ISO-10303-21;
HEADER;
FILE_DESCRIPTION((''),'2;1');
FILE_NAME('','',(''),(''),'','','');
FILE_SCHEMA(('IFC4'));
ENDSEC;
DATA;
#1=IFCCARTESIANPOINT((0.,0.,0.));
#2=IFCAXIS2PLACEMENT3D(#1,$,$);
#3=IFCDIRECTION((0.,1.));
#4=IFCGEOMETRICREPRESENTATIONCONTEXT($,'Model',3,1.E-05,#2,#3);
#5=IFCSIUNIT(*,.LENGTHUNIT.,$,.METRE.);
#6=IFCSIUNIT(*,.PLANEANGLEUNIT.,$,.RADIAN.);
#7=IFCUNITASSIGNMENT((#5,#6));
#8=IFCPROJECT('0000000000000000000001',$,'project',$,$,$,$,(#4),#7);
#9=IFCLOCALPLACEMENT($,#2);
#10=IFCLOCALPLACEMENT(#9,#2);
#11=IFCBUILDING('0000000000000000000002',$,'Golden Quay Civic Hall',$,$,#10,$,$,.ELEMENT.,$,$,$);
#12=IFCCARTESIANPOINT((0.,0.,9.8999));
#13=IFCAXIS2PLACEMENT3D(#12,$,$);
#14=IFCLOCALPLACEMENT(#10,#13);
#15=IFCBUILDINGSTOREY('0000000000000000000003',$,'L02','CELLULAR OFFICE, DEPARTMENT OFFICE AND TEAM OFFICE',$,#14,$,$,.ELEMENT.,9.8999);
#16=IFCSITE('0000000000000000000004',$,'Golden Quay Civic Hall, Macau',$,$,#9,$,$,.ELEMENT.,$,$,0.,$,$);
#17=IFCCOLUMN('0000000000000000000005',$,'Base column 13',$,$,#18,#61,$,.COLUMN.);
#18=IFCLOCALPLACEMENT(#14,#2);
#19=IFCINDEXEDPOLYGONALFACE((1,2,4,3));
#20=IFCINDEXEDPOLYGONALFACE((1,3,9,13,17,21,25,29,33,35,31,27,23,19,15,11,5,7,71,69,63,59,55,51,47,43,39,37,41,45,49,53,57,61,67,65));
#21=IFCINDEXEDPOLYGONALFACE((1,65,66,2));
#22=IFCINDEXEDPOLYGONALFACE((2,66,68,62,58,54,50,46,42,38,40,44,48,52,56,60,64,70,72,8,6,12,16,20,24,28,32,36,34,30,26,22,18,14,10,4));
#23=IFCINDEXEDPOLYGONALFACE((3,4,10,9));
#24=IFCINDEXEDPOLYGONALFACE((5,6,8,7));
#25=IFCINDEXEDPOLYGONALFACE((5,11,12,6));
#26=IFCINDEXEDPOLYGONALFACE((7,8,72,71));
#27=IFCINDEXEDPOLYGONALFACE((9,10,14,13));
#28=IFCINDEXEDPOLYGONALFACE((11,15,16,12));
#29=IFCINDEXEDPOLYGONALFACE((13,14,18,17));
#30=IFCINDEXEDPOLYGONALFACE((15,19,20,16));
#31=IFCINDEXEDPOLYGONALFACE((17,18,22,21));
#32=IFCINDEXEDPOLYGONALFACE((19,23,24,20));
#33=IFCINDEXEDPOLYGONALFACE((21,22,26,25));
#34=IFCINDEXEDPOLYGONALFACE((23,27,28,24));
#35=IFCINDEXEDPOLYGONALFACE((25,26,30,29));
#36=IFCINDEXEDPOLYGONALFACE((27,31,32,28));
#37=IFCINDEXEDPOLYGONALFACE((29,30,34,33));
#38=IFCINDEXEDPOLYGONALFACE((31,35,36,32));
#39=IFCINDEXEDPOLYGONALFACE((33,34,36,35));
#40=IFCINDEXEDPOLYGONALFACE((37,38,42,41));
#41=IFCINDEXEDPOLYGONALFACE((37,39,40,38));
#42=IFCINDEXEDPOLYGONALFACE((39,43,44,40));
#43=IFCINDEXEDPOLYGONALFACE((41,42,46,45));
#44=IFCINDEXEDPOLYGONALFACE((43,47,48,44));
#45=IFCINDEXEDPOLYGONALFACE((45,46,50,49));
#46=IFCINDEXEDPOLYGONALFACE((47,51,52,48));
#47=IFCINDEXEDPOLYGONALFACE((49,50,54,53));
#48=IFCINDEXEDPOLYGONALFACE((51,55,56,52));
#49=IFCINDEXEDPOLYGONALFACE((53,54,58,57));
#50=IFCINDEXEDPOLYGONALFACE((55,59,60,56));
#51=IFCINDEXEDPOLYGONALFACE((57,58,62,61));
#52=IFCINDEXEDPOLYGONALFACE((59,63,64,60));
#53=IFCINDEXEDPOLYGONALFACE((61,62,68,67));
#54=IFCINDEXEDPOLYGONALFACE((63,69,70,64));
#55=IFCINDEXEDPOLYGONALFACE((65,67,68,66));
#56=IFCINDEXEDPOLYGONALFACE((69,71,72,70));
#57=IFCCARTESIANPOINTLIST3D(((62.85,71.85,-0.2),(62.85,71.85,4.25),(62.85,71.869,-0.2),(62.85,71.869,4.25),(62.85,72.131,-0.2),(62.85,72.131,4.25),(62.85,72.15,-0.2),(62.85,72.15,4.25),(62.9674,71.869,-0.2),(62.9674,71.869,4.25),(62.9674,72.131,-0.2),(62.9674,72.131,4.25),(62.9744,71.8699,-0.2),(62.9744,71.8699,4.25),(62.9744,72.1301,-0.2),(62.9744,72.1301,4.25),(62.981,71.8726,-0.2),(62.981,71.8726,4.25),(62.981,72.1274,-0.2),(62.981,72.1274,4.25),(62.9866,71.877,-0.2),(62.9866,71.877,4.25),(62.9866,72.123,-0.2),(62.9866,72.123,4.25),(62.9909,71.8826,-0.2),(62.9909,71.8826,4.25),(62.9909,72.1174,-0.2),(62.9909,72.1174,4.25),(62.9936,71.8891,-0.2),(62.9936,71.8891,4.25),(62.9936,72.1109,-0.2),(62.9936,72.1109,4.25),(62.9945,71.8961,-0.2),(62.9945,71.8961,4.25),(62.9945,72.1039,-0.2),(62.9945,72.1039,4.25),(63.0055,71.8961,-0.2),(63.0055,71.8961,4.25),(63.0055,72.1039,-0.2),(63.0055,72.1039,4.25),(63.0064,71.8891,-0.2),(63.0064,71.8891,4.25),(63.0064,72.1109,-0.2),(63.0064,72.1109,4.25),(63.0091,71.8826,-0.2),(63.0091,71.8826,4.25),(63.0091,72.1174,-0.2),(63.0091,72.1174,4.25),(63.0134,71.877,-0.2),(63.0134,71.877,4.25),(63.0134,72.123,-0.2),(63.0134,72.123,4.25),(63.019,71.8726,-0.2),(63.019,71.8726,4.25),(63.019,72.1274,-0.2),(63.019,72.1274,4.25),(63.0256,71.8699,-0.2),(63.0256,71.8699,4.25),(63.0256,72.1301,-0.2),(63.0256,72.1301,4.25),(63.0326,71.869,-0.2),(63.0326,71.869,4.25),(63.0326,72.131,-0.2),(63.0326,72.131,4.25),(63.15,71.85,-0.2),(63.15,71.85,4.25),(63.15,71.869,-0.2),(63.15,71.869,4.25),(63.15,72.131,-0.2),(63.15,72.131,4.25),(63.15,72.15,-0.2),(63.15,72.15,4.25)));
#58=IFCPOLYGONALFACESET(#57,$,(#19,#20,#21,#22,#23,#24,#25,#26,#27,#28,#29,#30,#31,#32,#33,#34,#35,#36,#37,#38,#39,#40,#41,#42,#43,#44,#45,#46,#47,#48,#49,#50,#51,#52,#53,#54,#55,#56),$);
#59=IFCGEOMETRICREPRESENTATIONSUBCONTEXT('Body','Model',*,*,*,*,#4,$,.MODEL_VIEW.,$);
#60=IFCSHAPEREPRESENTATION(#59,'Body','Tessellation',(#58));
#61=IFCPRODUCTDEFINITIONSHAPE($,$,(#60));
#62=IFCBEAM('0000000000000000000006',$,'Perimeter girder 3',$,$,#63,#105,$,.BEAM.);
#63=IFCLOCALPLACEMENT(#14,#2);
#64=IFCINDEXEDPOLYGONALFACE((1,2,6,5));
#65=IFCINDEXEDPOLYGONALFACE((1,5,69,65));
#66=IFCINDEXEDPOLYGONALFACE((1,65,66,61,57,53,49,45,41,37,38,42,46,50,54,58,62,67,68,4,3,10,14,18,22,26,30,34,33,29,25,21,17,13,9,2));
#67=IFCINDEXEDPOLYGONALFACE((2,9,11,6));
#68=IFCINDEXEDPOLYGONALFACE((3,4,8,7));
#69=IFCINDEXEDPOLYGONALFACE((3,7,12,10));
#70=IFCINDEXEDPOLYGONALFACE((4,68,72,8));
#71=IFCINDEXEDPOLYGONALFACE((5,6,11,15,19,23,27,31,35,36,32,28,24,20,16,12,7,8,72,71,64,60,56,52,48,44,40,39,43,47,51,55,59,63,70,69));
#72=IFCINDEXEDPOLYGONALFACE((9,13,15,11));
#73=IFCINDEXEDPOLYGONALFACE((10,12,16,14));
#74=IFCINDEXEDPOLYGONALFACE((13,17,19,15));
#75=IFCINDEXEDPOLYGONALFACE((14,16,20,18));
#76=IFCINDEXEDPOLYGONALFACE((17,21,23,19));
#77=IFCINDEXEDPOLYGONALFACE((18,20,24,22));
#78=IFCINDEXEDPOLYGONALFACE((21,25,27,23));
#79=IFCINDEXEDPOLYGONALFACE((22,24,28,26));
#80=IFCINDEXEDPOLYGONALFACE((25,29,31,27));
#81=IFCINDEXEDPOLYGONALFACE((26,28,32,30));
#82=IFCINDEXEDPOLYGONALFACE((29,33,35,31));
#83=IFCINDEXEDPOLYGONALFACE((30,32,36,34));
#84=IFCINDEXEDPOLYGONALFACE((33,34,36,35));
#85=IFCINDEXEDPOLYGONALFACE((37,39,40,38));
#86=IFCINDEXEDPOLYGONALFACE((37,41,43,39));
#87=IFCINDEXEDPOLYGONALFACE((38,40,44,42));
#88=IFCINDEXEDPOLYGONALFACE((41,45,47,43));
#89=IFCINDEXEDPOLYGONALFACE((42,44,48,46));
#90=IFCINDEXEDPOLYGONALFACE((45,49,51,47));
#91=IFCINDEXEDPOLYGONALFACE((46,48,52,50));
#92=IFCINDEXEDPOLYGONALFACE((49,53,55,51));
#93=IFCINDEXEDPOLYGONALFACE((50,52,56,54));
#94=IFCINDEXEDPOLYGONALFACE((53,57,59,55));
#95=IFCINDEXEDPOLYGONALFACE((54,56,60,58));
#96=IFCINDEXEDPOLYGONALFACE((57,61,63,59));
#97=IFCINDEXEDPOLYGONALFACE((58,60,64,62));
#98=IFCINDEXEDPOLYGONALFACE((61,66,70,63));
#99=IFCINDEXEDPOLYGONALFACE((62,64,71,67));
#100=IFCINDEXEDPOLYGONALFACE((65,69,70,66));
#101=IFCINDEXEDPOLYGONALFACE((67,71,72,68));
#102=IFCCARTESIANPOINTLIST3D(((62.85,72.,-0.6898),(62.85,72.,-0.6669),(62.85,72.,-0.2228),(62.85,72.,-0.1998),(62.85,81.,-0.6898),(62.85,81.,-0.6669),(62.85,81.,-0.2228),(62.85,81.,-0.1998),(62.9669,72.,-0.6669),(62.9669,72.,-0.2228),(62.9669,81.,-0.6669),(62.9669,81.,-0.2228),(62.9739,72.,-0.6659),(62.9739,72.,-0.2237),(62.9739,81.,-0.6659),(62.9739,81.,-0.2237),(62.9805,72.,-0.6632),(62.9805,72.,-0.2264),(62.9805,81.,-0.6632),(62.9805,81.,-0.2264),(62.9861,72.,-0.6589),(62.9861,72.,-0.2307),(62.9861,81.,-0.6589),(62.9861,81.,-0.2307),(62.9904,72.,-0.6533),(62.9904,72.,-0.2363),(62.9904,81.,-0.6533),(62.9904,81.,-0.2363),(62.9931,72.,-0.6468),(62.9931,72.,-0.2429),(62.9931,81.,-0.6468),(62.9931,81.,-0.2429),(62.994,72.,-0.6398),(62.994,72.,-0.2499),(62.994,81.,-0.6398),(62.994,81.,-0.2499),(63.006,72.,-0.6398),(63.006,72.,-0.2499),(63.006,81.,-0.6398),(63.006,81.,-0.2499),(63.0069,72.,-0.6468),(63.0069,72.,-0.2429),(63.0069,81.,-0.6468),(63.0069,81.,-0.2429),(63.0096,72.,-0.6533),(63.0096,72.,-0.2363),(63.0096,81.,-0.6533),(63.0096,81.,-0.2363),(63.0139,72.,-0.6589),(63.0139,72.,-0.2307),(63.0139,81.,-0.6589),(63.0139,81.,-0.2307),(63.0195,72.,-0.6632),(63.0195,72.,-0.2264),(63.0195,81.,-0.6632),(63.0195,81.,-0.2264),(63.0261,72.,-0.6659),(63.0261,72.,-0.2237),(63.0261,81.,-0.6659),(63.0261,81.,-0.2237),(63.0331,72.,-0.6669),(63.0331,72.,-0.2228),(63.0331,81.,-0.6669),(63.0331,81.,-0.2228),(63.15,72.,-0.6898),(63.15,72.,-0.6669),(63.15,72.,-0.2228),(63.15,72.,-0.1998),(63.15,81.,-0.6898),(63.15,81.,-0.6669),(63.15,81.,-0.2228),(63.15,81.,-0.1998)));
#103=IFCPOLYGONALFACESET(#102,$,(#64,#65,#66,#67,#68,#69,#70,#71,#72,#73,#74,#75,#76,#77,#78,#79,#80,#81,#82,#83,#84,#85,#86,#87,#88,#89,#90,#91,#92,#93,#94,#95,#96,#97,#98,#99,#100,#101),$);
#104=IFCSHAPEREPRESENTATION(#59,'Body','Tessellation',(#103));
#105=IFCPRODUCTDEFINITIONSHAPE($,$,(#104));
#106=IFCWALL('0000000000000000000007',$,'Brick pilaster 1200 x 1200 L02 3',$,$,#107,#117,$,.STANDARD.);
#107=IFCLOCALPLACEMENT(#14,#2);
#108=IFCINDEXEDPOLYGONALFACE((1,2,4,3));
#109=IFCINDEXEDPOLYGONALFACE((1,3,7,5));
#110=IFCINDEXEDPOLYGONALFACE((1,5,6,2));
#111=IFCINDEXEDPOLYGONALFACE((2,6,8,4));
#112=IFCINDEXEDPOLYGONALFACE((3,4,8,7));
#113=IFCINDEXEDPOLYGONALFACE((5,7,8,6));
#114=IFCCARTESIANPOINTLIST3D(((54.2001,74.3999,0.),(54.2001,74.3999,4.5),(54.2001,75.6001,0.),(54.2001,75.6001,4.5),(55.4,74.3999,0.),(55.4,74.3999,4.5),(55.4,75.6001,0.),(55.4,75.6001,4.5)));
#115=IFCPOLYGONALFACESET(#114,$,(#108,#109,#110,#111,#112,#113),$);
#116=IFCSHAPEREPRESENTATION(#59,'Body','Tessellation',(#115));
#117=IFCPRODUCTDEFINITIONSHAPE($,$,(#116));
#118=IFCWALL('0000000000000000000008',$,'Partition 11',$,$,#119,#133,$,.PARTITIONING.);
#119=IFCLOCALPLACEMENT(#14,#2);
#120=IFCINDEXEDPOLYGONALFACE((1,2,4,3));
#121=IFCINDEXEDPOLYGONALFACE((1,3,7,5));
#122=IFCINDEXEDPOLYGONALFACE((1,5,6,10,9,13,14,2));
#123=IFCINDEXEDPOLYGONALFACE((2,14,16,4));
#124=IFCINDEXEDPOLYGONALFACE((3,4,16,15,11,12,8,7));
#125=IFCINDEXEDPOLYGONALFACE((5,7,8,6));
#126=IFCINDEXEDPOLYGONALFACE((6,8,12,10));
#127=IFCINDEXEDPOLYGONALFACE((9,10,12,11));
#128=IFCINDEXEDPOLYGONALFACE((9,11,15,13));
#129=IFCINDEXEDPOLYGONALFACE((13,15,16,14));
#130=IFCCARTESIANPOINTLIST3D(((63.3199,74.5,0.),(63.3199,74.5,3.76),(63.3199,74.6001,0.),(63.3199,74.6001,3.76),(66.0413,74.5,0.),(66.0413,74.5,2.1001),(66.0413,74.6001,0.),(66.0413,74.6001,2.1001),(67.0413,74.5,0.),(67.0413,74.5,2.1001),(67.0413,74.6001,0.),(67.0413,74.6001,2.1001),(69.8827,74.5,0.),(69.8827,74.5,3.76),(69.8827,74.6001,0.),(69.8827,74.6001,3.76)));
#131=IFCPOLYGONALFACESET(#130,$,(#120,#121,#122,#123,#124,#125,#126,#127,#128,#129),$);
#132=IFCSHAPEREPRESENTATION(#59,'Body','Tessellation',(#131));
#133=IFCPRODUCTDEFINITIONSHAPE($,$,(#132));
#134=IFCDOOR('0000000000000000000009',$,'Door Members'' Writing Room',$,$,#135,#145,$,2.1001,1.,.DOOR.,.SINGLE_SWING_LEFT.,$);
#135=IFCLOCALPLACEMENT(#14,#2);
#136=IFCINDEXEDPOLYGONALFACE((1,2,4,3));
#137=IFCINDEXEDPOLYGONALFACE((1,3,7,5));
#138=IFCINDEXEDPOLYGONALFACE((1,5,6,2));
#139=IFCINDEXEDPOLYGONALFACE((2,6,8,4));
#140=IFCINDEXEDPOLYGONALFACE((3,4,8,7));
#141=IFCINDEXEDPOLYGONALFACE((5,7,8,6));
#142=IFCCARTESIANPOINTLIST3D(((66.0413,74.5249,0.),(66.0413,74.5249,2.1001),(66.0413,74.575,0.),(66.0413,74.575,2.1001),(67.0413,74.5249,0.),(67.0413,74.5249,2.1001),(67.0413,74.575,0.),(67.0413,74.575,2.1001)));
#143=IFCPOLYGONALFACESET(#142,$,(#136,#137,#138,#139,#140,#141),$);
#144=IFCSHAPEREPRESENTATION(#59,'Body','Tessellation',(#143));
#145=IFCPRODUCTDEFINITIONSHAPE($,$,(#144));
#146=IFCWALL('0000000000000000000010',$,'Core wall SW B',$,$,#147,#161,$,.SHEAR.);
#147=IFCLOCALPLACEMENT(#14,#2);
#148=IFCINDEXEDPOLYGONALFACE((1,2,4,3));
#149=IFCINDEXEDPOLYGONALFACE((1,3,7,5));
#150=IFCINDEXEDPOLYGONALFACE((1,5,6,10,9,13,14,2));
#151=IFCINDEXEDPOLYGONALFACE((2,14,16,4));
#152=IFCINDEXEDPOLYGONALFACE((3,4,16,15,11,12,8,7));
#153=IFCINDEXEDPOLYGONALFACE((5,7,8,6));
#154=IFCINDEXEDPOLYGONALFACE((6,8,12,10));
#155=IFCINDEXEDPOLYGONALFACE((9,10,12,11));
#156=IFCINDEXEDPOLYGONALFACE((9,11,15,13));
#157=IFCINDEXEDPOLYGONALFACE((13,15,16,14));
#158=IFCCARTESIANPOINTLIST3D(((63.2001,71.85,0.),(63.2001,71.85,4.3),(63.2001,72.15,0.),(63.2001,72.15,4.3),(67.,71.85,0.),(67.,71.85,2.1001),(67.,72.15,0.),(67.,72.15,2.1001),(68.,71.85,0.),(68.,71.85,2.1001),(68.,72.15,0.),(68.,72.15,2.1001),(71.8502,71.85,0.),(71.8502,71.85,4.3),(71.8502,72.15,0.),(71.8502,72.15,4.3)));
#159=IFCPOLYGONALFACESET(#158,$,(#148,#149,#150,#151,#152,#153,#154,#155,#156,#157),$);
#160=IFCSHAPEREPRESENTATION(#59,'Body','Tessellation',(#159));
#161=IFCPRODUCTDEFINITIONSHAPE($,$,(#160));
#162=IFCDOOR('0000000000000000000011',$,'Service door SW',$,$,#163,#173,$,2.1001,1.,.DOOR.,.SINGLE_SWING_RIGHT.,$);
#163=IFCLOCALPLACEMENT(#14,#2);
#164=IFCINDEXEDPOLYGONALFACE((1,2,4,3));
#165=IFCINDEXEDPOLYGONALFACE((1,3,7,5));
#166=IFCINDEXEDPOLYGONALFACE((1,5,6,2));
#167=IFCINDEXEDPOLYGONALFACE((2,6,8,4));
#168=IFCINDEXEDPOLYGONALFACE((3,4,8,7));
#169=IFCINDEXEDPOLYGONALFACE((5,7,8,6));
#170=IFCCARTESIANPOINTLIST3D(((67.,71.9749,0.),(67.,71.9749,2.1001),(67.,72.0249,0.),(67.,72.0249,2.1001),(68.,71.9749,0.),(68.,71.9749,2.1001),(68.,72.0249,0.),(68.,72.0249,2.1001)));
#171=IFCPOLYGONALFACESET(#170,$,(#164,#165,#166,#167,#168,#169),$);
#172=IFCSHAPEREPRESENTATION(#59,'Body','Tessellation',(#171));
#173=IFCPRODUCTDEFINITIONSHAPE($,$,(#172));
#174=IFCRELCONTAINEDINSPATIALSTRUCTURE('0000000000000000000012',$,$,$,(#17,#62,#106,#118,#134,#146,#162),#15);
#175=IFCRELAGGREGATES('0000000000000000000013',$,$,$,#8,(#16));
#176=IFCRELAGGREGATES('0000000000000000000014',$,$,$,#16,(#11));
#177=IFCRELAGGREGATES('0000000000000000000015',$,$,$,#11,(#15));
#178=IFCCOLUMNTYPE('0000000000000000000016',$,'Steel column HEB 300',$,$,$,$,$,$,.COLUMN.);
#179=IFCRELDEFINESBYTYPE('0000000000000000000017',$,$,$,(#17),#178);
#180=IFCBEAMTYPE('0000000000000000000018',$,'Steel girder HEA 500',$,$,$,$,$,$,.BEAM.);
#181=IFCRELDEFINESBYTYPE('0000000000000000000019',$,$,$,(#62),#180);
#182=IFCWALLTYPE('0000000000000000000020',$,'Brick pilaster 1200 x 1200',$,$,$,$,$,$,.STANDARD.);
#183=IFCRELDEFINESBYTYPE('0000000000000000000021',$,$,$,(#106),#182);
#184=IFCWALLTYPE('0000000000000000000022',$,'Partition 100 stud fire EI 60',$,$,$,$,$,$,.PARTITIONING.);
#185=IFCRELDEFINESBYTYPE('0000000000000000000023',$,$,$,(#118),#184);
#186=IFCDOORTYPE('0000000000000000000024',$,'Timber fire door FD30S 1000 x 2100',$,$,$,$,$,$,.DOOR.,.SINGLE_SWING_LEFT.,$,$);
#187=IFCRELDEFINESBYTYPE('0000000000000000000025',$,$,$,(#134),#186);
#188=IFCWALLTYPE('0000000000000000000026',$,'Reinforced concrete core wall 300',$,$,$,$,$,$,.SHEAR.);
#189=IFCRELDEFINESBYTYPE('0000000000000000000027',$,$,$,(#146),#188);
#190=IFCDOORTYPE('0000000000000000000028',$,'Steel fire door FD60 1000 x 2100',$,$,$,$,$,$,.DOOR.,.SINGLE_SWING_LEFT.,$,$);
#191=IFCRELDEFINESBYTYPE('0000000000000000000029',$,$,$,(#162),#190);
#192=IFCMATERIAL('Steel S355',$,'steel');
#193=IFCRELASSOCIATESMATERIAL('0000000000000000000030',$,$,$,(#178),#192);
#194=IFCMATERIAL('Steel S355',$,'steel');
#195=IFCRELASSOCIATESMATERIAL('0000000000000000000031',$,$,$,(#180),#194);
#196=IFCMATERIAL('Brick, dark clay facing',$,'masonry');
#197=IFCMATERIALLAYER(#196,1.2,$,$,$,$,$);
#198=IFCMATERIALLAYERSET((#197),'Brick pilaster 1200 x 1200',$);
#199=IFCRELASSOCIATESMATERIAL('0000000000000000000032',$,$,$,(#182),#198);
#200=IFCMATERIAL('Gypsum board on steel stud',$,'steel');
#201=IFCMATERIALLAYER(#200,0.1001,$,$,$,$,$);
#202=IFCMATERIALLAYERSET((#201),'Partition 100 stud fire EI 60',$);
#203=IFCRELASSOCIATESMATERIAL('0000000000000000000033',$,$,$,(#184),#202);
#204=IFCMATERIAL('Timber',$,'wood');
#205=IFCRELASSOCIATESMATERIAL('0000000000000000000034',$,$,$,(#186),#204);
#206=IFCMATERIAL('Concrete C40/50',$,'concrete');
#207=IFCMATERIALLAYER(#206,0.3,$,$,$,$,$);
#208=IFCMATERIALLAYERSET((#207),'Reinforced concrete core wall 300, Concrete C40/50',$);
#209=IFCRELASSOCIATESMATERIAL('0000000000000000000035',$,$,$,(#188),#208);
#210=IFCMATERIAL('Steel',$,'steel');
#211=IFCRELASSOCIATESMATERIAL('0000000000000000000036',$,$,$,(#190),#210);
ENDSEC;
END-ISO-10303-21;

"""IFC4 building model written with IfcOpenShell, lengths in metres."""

from ifc_helpers import new_model, si_unit, direction, frame, frame_2d, origin, origin_2d, place, context, subcontext, project, spatial, rectangle, i_section, extrude, material, layer, layer_set, material_profile, profile_set, type_object, element, fill, save


model = new_model("IFC4")

# Units and contexts
model_context = context("Model", 3, precision=1e-05, world=origin(), true_north=direction((0.0, 1.0)))
body_context = subcontext(model_context, "Body", "Model", "MODEL_VIEW")
ifc_project = project(units=[si_unit("LENGTHUNIT", "METRE"), si_unit("PLANEANGLEUNIT", "RADIAN")], contexts=[model_context])

# Site, building, storey
site_placement = place(None, origin())
site = spatial("IfcSite", under=ifc_project, at=site_placement, Name="Golden Quay Civic Hall, Macau", CompositionType="ELEMENT", RefElevation=0.0)
building_placement = place(site_placement, origin())
building = spatial("IfcBuilding", under=site, at=building_placement, Name="Golden Quay Civic Hall", CompositionType="ELEMENT")
storey_placement = place(building_placement, frame((0.0, 0.0, 9.8999)))
storey = spatial("IfcBuildingStorey", under=building, at=storey_placement, Name="L02", Description="CELLULAR OFFICE, DEPARTMENT OFFICE AND TEAM OFFICE", CompositionType="ELEMENT", Elevation=9.8999)

# Column
ifc_material_1 = material(Name="Steel S355", Category="steel")
ifc_material_profile_1 = material_profile(ifc_material_1, i_section(OverallWidth=0.3, OverallDepth=0.3, WebThickness=0.011, FlangeThickness=0.019, FilletRadius=0.0271, at=origin_2d()), Name="HEB 300")
ifc_profile_set_1 = profile_set([ifc_material_profile_1], Name="Steel S355")
column_type = type_object("IfcColumnType", Name="Steel column HEB 300", PredefinedType="COLUMN", material=ifc_profile_set_1)
column_placement = place(storey_placement, frame((63.0, 72.0, -0.2), z_axis=(0.0, 0.0, 1.0), x_axis=(1.0, 0.0, 0.0)))
element("IfcColumn", 1, at=column_placement, inside=storey, type_object=column_type, Name="Base column 13", PredefinedType="COLUMN", context=body_context, shape_type="SweptSolid", body=[
    extrude(i_section(OverallWidth=0.3, OverallDepth=0.3, WebThickness=0.011, FlangeThickness=0.019, FilletRadius=0.0271, at=origin_2d()), origin(), (0.0, 0.0, 1.0), 4.45),
])

# Beam
ifc_material_2 = material(Name="Steel S355", Category="steel")
ifc_material_profile_2 = material_profile(ifc_material_2, i_section(OverallWidth=0.3, OverallDepth=0.49, WebThickness=0.012, FlangeThickness=0.0229, FilletRadius=0.0271, at=origin_2d()), Name="HEA 500")
ifc_profile_set_2 = profile_set([ifc_material_profile_2], Name="Steel S355")
beam_type = type_object("IfcBeamType", Name="Steel girder HEA 500", PredefinedType="BEAM", material=ifc_profile_set_2)
beam_placement = place(storey_placement, frame((63.0, 72.0, -0.4448), z_axis=(0.0, 1.0, 0.0), x_axis=(-1.0, 0.0, 0.0)))
element("IfcBeam", 2, at=beam_placement, inside=storey, type_object=beam_type, Name="Perimeter girder 3", PredefinedType="BEAM", context=body_context, shape_type="SweptSolid", body=[
    extrude(i_section(OverallWidth=0.3, OverallDepth=0.49, WebThickness=0.012, FlangeThickness=0.0229, FilletRadius=0.0271, at=origin_2d()), origin(), (0.0, 0.0, 1.0), 9.0),
])

# Wall
ifc_material_3 = material(Name="Brick, dark clay facing", Category="masonry")
ifc_layer_1 = layer(ifc_material_3, 1.2)
ifc_layer_set_1 = layer_set([ifc_layer_1], Name="Brick pilaster 1200 x 1200")
wall_type_1 = type_object("IfcWallType", Name="Brick pilaster 1200 x 1200", PredefinedType="STANDARD", material=ifc_layer_set_1)
wall_1_placement = place(storey_placement, frame((54.8, 74.3999, 0.0), z_axis=(0.0, 0.0, 1.0), x_axis=(0.0, 1.0, 0.0)))
element("IfcWall", 3, at=wall_1_placement, inside=storey, type_object=wall_type_1, Name="Brick pilaster 1200 x 1200 L02 3", PredefinedType="STANDARD", context=body_context, shape_type="SweptSolid", body=[
    extrude(rectangle(XDim=1.2002, YDim=1.2, at=frame_2d((0.6001, 0.0))), origin(), (0.0, 0.0, 1.0), 4.5),
])

# Walls, openings, doors
ifc_material_4 = material(Name="Gypsum board on steel stud", Category="steel")
ifc_layer_2 = layer(ifc_material_4, 0.1001)
ifc_layer_set_2 = layer_set([ifc_layer_2], Name="Partition 100 stud fire EI 60")
wall_type_2 = type_object("IfcWallType", Name="Partition 100 stud fire EI 60", PredefinedType="PARTITIONING", material=ifc_layer_set_2)
wall_2_placement = place(storey_placement, frame((63.3201, 74.55, 0.0), z_axis=(0.0, 0.0, 1.0), x_axis=(1.0, 0.0, 0.0)))
wall_2 = element("IfcWall", 4, at=wall_2_placement, inside=storey, type_object=wall_type_2, Name="Partition 11", PredefinedType="PARTITIONING", context=body_context, shape_type="SweptSolid", body=[
    extrude(rectangle(XDim=6.5627, YDim=0.1001, at=frame_2d((3.2812, 0.0))), origin(), (0.0, 0.0, 1.0), 3.76),
])
opening_1_placement = place(wall_2_placement, frame((2.7212, 0.0, 0.0)))
opening_1 = element("IfcOpeningElement", 5, at=opening_1_placement, cuts=wall_2, PredefinedType="OPENING", context=body_context, shape_type="SweptSolid", body=[
    extrude(rectangle(XDim=1.0, YDim=2.1001, at=frame_2d((0.5, 1.05))), frame((0.0, 0.0601, 0.0), z_axis=(0.0, -1.0, 0.0), x_axis=(1.0, 0.0, 0.0)), (0.0, 0.0, 1.0), 0.1201),
])
ifc_material_5 = material(Name="Timber", Category="wood")
door_type_1 = type_object("IfcDoorType", Name="Timber fire door FD30S 1000 x 2100", OperationType="SINGLE_SWING_LEFT", PredefinedType="DOOR", material=ifc_material_5)
door_1_placement = place(opening_1_placement, origin())
door_1 = element("IfcDoor", 6, at=door_1_placement, inside=storey, type_object=door_type_1, Name="Door Members' Writing Room", OperationType="SINGLE_SWING_LEFT", OverallHeight=2.1001, OverallWidth=1.0, PredefinedType="DOOR", context=body_context, shape_type="SweptSolid", body=[
    extrude(rectangle(XDim=1.0, YDim=2.1001, at=frame_2d((0.5, 1.05))), frame((0.0, 0.0249, 0.0), z_axis=(0.0, -1.0, 0.0), x_axis=(1.0, 0.0, 0.0)), (0.0, 0.0, 1.0), 0.05),
])
fill(opening_1, door_1)
ifc_material_6 = material(Name="Concrete C40/50", Category="concrete")
ifc_layer_3 = layer(ifc_material_6, 0.3)
ifc_layer_set_3 = layer_set([ifc_layer_3], Name="Reinforced concrete core wall 300, Concrete C40/50")
wall_type_3 = type_object("IfcWallType", Name="Reinforced concrete core wall 300", PredefinedType="SHEAR", material=ifc_layer_set_3)
wall_3_placement = place(storey_placement, frame((63.2, 72.0, 0.0), z_axis=(0.0, 0.0, 1.0), x_axis=(1.0, 0.0, 0.0)))
wall_3 = element("IfcWall", 7, at=wall_3_placement, inside=storey, type_object=wall_type_3, Name="Core wall SW B", PredefinedType="SHEAR", context=body_context, shape_type="SweptSolid", body=[
    extrude(rectangle(XDim=8.6501, YDim=0.3, at=frame_2d((4.3252, 0.0))), origin(), (0.0, 0.0, 1.0), 4.3),
])
opening_2_placement = place(wall_3_placement, frame((3.8, 0.0, 0.0)))
opening_2 = element("IfcOpeningElement", 8, at=opening_2_placement, cuts=wall_3, PredefinedType="OPENING", context=body_context, shape_type="SweptSolid", body=[
    extrude(rectangle(XDim=1.0, YDim=2.1001, at=frame_2d((0.5, 1.05))), frame((0.0, 0.1599, 0.0), z_axis=(0.0, -1.0, 0.0), x_axis=(1.0, 0.0, 0.0)), (0.0, 0.0, 1.0), 0.3201),
])
ifc_material_7 = material(Name="Steel", Category="steel")
door_type_2 = type_object("IfcDoorType", Name="Steel fire door FD60 1000 x 2100", OperationType="SINGLE_SWING_LEFT", PredefinedType="DOOR", material=ifc_material_7)
door_2_placement = place(opening_2_placement, frame((1.0, 0.0, 0.0), z_axis=(0.0, 0.0, 1.0), x_axis=(-1.0, 0.0, 0.0)))
door_2 = element("IfcDoor", 9, at=door_2_placement, inside=storey, type_object=door_type_2, Name="Service door SW", OperationType="SINGLE_SWING_RIGHT", OverallHeight=2.1001, OverallWidth=1.0, PredefinedType="DOOR", context=body_context, shape_type="SweptSolid", body=[
    extrude(rectangle(XDim=1.0, YDim=2.1001, at=frame_2d((0.5, 1.05))), frame((0.0, 0.0251, 0.0), z_axis=(0.0, -1.0, 0.0), x_axis=(1.0, 0.0, 0.0)), (0.0, 0.0, 1.0), 0.05),
])
fill(opening_2, door_2)

save(model, "model.ifc")
